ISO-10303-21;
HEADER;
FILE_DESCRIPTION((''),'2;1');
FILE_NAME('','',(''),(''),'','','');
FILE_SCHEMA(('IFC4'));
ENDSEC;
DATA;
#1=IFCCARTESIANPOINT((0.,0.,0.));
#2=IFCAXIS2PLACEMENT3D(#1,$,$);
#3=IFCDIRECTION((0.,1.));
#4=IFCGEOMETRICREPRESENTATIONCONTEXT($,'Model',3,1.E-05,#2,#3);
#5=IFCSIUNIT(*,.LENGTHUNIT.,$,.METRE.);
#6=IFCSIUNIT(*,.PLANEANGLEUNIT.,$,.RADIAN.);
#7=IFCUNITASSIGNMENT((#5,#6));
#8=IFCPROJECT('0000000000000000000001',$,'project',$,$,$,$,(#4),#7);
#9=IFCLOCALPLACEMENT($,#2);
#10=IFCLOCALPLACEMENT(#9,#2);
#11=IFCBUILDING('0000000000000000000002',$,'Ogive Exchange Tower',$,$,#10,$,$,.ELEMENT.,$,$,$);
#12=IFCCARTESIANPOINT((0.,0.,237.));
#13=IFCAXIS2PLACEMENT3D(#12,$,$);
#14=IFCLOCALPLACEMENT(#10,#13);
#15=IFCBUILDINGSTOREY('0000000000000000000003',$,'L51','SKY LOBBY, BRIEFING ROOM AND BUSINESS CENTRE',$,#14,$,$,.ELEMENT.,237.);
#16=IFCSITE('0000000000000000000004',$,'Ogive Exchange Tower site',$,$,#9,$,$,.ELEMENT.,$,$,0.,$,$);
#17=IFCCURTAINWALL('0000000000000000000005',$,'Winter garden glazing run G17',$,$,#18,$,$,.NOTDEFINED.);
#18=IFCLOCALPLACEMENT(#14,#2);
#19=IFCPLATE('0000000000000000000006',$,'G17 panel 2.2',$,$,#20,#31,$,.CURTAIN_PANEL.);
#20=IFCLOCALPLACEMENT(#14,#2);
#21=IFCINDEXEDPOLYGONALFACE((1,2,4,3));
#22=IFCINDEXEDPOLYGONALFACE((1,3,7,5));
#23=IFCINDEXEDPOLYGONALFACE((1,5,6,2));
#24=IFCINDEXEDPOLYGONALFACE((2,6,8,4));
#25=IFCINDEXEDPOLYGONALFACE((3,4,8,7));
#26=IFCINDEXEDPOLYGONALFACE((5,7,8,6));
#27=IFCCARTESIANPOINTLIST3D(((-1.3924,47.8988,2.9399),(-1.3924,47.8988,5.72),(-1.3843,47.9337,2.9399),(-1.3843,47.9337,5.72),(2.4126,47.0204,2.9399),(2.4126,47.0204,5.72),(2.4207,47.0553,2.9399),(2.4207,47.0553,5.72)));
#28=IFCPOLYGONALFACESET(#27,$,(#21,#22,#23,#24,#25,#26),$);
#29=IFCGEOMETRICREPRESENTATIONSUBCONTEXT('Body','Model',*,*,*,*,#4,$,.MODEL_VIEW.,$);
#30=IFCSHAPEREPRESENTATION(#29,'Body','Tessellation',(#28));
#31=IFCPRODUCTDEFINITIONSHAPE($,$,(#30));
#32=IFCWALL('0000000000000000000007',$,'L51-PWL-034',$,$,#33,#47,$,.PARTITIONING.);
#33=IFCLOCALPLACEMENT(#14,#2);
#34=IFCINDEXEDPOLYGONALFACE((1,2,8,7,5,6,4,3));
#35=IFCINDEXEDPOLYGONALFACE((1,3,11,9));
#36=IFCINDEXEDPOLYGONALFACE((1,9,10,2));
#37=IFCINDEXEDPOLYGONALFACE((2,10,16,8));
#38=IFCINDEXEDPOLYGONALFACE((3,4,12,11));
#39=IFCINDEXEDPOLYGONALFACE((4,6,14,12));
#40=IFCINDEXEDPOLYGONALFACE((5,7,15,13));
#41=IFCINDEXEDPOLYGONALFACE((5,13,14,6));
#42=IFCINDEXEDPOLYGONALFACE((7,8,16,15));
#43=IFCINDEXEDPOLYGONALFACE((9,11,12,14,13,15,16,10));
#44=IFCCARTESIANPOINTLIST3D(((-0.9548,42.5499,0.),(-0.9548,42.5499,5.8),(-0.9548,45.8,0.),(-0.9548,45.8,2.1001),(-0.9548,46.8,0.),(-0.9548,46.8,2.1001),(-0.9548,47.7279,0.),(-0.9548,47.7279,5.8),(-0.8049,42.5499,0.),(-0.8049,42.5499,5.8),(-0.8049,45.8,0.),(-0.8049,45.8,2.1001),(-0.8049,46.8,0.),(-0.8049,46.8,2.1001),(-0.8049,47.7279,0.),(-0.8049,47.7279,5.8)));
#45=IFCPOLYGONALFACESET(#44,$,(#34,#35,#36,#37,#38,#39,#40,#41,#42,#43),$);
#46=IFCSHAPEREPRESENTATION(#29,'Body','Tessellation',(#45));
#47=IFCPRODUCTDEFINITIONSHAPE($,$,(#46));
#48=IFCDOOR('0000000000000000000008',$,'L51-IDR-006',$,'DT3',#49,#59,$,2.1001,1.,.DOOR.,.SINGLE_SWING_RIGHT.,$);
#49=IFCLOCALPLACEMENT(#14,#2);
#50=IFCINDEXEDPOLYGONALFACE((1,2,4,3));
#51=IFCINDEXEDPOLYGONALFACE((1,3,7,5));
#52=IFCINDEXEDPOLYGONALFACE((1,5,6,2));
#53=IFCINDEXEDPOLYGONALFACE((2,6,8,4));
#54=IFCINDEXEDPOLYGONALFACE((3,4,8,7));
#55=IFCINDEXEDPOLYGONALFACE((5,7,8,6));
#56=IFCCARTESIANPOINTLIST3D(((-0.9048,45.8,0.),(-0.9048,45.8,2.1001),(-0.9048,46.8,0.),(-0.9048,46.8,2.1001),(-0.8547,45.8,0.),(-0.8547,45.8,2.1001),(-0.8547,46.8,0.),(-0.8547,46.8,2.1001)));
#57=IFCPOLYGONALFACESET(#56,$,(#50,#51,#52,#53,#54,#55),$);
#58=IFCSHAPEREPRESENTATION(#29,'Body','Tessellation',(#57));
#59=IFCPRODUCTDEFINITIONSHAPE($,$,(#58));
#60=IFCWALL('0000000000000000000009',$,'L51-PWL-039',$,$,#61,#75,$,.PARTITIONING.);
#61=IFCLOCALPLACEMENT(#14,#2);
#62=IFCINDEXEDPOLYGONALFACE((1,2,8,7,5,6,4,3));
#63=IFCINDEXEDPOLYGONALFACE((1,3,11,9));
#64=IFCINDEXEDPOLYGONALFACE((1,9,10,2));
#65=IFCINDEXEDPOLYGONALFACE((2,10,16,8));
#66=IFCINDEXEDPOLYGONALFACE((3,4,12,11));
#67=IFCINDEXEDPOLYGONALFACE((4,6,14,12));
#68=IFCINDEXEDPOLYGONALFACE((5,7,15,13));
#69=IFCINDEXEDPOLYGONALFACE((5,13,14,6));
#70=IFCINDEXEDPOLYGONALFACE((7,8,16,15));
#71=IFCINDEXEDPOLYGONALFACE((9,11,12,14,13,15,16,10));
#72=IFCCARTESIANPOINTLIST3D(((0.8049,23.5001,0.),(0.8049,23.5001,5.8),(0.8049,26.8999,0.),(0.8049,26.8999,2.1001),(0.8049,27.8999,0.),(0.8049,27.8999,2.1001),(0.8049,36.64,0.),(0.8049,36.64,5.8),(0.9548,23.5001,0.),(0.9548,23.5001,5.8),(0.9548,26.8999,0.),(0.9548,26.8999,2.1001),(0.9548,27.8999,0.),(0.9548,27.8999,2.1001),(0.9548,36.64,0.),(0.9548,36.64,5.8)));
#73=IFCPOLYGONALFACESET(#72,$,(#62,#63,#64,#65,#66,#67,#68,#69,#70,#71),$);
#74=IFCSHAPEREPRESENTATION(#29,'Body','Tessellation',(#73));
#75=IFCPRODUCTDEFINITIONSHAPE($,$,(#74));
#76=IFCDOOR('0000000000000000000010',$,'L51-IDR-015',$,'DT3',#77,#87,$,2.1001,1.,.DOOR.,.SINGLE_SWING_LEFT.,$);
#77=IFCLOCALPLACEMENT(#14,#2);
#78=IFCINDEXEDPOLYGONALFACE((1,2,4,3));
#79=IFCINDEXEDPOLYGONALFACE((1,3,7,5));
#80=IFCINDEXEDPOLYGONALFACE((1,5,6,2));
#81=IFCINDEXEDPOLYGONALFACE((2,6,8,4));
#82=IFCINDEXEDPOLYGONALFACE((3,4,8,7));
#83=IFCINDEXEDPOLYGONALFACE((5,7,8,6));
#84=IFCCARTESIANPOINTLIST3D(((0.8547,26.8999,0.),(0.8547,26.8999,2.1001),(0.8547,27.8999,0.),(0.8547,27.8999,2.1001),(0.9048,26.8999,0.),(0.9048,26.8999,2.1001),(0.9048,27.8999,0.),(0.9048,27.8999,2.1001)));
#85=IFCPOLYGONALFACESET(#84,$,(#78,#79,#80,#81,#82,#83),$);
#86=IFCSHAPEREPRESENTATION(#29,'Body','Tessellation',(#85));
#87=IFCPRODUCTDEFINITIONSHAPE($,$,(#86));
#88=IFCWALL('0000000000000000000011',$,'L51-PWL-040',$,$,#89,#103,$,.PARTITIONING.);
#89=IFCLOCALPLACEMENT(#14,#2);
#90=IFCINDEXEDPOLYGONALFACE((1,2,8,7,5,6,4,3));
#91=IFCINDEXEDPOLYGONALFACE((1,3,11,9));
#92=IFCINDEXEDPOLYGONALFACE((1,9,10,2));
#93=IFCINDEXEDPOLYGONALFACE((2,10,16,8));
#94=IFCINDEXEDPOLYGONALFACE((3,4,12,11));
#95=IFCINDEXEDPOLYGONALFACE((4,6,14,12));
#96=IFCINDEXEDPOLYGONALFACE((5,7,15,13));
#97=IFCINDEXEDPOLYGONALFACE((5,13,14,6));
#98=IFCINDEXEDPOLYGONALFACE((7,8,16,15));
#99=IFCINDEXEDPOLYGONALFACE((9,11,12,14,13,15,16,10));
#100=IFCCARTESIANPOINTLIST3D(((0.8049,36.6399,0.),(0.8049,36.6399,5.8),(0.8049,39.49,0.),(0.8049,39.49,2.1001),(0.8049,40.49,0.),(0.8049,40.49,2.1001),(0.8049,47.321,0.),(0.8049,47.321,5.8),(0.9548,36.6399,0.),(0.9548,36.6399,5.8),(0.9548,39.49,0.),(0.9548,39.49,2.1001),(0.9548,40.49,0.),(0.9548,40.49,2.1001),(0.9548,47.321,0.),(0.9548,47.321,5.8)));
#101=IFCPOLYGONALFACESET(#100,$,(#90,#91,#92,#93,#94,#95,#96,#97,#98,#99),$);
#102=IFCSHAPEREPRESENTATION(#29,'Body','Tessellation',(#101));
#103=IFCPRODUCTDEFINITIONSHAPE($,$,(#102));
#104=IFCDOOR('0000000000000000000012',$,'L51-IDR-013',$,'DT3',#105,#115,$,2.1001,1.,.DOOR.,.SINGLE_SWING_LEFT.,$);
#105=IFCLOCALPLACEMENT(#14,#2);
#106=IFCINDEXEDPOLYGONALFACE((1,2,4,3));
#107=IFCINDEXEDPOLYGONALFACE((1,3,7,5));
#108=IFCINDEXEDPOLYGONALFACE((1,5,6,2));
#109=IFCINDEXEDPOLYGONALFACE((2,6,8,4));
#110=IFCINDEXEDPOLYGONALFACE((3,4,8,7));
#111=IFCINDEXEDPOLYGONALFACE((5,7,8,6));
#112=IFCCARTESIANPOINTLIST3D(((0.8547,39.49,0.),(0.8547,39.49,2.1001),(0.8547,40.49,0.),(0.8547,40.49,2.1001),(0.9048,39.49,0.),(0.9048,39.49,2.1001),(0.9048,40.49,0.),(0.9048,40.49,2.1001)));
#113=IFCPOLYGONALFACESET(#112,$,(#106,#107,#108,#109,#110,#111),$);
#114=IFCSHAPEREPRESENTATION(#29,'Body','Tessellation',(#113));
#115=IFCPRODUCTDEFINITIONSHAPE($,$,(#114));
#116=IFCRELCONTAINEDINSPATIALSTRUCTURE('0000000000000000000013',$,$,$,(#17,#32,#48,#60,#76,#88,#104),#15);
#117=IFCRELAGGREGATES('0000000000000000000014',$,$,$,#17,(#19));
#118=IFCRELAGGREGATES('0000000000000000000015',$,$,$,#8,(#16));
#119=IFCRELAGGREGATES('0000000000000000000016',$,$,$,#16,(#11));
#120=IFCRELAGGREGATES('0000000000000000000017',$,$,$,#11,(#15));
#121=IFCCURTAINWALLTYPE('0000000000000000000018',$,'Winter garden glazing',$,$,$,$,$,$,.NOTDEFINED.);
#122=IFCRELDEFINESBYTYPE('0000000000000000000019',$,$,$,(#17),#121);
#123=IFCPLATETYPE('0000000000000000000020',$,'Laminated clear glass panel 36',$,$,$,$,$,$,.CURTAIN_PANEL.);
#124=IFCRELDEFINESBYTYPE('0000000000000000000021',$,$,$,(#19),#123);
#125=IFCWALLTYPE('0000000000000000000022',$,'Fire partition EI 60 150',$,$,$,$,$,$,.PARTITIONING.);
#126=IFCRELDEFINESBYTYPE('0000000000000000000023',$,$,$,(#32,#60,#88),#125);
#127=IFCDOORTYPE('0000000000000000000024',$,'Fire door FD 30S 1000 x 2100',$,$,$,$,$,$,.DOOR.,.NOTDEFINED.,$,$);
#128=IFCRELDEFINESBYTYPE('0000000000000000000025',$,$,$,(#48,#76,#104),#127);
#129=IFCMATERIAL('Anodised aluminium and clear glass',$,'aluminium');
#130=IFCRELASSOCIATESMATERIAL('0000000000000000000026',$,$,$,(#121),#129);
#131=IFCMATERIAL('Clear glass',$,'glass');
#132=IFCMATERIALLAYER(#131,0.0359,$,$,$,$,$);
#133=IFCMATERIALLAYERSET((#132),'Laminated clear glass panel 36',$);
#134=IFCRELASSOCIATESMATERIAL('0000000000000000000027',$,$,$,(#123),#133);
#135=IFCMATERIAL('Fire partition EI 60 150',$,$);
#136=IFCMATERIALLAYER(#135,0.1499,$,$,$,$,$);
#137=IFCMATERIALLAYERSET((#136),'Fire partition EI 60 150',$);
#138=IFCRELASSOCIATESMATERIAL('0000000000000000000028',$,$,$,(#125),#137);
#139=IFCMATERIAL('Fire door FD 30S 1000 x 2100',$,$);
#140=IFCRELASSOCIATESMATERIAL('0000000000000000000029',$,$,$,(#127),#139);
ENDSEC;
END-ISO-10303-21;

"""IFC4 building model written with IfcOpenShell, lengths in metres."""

from ifc_helpers import new_model, si_unit, direction, frame, frame_2d, origin, origin_2d, place, context, subcontext, project, spatial, rectangle, extrude, material, layer, layer_set, type_object, element, fill, aggregate, save


model = new_model("IFC4")

# Units and contexts
model_context = context("Model", 3, precision=1e-05, world=origin(), true_north=direction((0.0, 1.0)))
body_context = subcontext(model_context, "Body", "Model", "MODEL_VIEW")
ifc_project = project(units=[si_unit("LENGTHUNIT", "METRE"), si_unit("PLANEANGLEUNIT", "RADIAN")], contexts=[model_context])

# Site, building, storey
site_placement = place(None, origin())
site = spatial("IfcSite", under=ifc_project, at=site_placement, Name="Ogive Exchange Tower site", CompositionType="ELEMENT", RefElevation=0.0)
building_placement = place(site_placement, origin())
building = spatial("IfcBuilding", under=site, at=building_placement, Name="Ogive Exchange Tower", CompositionType="ELEMENT")
storey_placement = place(building_placement, frame((0.0, 0.0, 237.0)))
storey = spatial("IfcBuildingStorey", under=building, at=storey_placement, Name="L51", Description="SKY LOBBY, BRIEFING ROOM AND BUSINESS CENTRE", CompositionType="ELEMENT", Elevation=237.0)

# Shared definitions
ifc_material_1 = material(Name="Anodised aluminium and clear glass", Category="aluminium")
curtain_wall_type = type_object("IfcCurtainWallType", Name="Winter garden glazing", PredefinedType="NOTDEFINED", material=ifc_material_1)

# Curtain wall, plate
curtain_wall_1_placement = place(storey_placement, origin())
curtain_wall_1 = element("IfcCurtainWall", 1, at=curtain_wall_1_placement, inside=storey, type_object=curtain_wall_type, Name="Winter garden glazing run G17", PredefinedType="NOTDEFINED")
ifc_material_2 = material(Name="Clear glass", Category="glass")
ifc_layer_1 = layer(ifc_material_2, 0.0359)
ifc_layer_set_1 = layer_set([ifc_layer_1], Name="Laminated clear glass panel 36")
plate_type = type_object("IfcPlateType", Name="Laminated clear glass panel 36", PredefinedType="CURTAIN_PANEL", material=ifc_layer_set_1)
plate_1_placement = place(storey_placement, frame((0.5142, 47.4771, 2.9399), z_axis=(0.0, 0.0, 1.0), x_axis=(-0.974372, 0.224944, 0.0)))
plate_1 = element("IfcPlate", 2, at=plate_1_placement, type_object=plate_type, Name="G17 panel 2.2", PredefinedType="CURTAIN_PANEL", context=body_context, shape_type="SweptSolid", body=[
    extrude(rectangle(XDim=3.905, YDim=0.0359, at=origin_2d()), origin(), (0.0, 0.0, 1.0), 2.78),
])
aggregate(curtain_wall_1, [plate_1])

# Walls, openings, doors
ifc_material_3 = material(Name="Fire partition EI 60 150")
ifc_layer_2 = layer(ifc_material_3, 0.1499)
ifc_layer_set_2 = layer_set([ifc_layer_2], Name="Fire partition EI 60 150")
wall_type = type_object("IfcWallType", Name="Fire partition EI 60 150", PredefinedType="PARTITIONING", material=ifc_layer_set_2)
wall_1_placement = place(storey_placement, frame((-0.8799, 42.55, 0.0), z_axis=(0.0, 0.0, 1.0), x_axis=(0.0, 1.0, 0.0)))
wall_1 = element("IfcWall", 3, at=wall_1_placement, inside=storey, type_object=wall_type, Name="L51-PWL-034", PredefinedType="PARTITIONING", context=body_context, shape_type="SweptSolid", body=[
    extrude(rectangle(XDim=5.178, YDim=0.1499, at=frame_2d((2.5889, 0.0))), origin(), (0.0, 0.0, 1.0), 5.8),
])
opening_1_placement = place(wall_1_placement, frame((3.25, 0.0, 0.0)))
opening_1 = element("IfcOpeningElement", 4, at=opening_1_placement, cuts=wall_1, PredefinedType="OPENING", context=body_context, shape_type="SweptSolid", body=[
    extrude(rectangle(XDim=1.0, YDim=2.1001, at=frame_2d((0.5, 1.05))), frame((0.0, 0.085, 0.0), z_axis=(0.0, -1.0, 0.0), x_axis=(1.0, 0.0, 0.0)), (0.0, 0.0, 1.0), 0.1699),
])
ifc_material_4 = material(Name="Fire door FD 30S 1000 x 2100")
door_type = type_object("IfcDoorType", Name="Fire door FD 30S 1000 x 2100", OperationType="NOTDEFINED", PredefinedType="DOOR", material=ifc_material_4)
door_1_placement = place(opening_1_placement, origin())
door_1 = element("IfcDoor", 5, at=door_1_placement, inside=storey, type_object=door_type, Name="L51-IDR-006", ObjectType="DT3", OperationType="SINGLE_SWING_RIGHT", OverallHeight=2.1001, OverallWidth=1.0, PredefinedType="DOOR", context=body_context, shape_type="SweptSolid", body=[
    extrude(rectangle(XDim=1.0, YDim=2.1001, at=frame_2d((0.5, 1.05))), frame((0.0, 0.0249, 0.0), z_axis=(0.0, -1.0, 0.0), x_axis=(1.0, 0.0, 0.0)), (0.0, 0.0, 1.0), 0.05),
])
fill(opening_1, door_1)
wall_2_placement = place(storey_placement, frame((0.8799, 36.6399, 0.0), z_axis=(0.0, 0.0, 1.0), x_axis=(0.0, -1.0, 0.0)))
wall_2 = element("IfcWall", 6, at=wall_2_placement, inside=storey, type_object=wall_type, Name="L51-PWL-039", PredefinedType="PARTITIONING", context=body_context, shape_type="SweptSolid", body=[
    extrude(rectangle(XDim=13.1399, YDim=0.1499, at=frame_2d((6.5698, 0.0))), origin(), (0.0, 0.0, 1.0), 5.8),
])
opening_2_placement = place(wall_2_placement, frame((8.74, 0.0, 0.0)))
opening_2 = element("IfcOpeningElement", 7, at=opening_2_placement, cuts=wall_2, PredefinedType="OPENING", context=body_context, shape_type="SweptSolid", body=[
    extrude(rectangle(XDim=1.0, YDim=2.1001, at=frame_2d((0.5, 1.05))), frame((0.0, 0.085, 0.0), z_axis=(0.0, -1.0, 0.0), x_axis=(1.0, 0.0, 0.0)), (0.0, 0.0, 1.0), 0.1699),
])
door_2_placement = place(opening_2_placement, origin())
door_2 = element("IfcDoor", 8, at=door_2_placement, inside=storey, type_object=door_type, Name="L51-IDR-015", ObjectType="DT3", OperationType="SINGLE_SWING_LEFT", OverallHeight=2.1001, OverallWidth=1.0, PredefinedType="DOOR", context=body_context, shape_type="SweptSolid", body=[
    extrude(rectangle(XDim=1.0, YDim=2.1001, at=frame_2d((0.5, 1.05))), frame((0.0, 0.0249, 0.0), z_axis=(0.0, -1.0, 0.0), x_axis=(1.0, 0.0, 0.0)), (0.0, 0.0, 1.0), 0.05),
])
fill(opening_2, door_2)
wall_3_placement = place(storey_placement, frame((0.8799, 47.321, 0.0), z_axis=(0.0, 0.0, 1.0), x_axis=(0.0, -1.0, 0.0)))
wall_3 = element("IfcWall", 9, at=wall_3_placement, inside=storey, type_object=wall_type, Name="L51-PWL-040", PredefinedType="PARTITIONING", context=body_context, shape_type="SweptSolid", body=[
    extrude(rectangle(XDim=10.6812, YDim=0.1499, at=frame_2d((5.3406, 0.0))), origin(), (0.0, 0.0, 1.0), 5.8),
])
opening_3_placement = place(wall_3_placement, frame((6.8311, 0.0, 0.0)))
opening_3 = element("IfcOpeningElement", 10, at=opening_3_placement, cuts=wall_3, PredefinedType="OPENING", context=body_context, shape_type="SweptSolid", body=[
    extrude(rectangle(XDim=1.0, YDim=2.1001, at=frame_2d((0.5, 1.05))), frame((0.0, 0.085, 0.0), z_axis=(0.0, -1.0, 0.0), x_axis=(1.0, 0.0, 0.0)), (0.0, 0.0, 1.0), 0.1699),
])
door_3_placement = place(opening_3_placement, origin())
door_3 = element("IfcDoor", 11, at=door_3_placement, inside=storey, type_object=door_type, Name="L51-IDR-013", ObjectType="DT3", OperationType="SINGLE_SWING_LEFT", OverallHeight=2.1001, OverallWidth=1.0, PredefinedType="DOOR", context=body_context, shape_type="SweptSolid", body=[
    extrude(rectangle(XDim=1.0, YDim=2.1001, at=frame_2d((0.5, 1.05))), frame((0.0, 0.0249, 0.0), z_axis=(0.0, -1.0, 0.0), x_axis=(1.0, 0.0, 0.0)), (0.0, 0.0, 1.0), 0.05),
])
fill(opening_3, door_3)

save(model, "model.ifc")
